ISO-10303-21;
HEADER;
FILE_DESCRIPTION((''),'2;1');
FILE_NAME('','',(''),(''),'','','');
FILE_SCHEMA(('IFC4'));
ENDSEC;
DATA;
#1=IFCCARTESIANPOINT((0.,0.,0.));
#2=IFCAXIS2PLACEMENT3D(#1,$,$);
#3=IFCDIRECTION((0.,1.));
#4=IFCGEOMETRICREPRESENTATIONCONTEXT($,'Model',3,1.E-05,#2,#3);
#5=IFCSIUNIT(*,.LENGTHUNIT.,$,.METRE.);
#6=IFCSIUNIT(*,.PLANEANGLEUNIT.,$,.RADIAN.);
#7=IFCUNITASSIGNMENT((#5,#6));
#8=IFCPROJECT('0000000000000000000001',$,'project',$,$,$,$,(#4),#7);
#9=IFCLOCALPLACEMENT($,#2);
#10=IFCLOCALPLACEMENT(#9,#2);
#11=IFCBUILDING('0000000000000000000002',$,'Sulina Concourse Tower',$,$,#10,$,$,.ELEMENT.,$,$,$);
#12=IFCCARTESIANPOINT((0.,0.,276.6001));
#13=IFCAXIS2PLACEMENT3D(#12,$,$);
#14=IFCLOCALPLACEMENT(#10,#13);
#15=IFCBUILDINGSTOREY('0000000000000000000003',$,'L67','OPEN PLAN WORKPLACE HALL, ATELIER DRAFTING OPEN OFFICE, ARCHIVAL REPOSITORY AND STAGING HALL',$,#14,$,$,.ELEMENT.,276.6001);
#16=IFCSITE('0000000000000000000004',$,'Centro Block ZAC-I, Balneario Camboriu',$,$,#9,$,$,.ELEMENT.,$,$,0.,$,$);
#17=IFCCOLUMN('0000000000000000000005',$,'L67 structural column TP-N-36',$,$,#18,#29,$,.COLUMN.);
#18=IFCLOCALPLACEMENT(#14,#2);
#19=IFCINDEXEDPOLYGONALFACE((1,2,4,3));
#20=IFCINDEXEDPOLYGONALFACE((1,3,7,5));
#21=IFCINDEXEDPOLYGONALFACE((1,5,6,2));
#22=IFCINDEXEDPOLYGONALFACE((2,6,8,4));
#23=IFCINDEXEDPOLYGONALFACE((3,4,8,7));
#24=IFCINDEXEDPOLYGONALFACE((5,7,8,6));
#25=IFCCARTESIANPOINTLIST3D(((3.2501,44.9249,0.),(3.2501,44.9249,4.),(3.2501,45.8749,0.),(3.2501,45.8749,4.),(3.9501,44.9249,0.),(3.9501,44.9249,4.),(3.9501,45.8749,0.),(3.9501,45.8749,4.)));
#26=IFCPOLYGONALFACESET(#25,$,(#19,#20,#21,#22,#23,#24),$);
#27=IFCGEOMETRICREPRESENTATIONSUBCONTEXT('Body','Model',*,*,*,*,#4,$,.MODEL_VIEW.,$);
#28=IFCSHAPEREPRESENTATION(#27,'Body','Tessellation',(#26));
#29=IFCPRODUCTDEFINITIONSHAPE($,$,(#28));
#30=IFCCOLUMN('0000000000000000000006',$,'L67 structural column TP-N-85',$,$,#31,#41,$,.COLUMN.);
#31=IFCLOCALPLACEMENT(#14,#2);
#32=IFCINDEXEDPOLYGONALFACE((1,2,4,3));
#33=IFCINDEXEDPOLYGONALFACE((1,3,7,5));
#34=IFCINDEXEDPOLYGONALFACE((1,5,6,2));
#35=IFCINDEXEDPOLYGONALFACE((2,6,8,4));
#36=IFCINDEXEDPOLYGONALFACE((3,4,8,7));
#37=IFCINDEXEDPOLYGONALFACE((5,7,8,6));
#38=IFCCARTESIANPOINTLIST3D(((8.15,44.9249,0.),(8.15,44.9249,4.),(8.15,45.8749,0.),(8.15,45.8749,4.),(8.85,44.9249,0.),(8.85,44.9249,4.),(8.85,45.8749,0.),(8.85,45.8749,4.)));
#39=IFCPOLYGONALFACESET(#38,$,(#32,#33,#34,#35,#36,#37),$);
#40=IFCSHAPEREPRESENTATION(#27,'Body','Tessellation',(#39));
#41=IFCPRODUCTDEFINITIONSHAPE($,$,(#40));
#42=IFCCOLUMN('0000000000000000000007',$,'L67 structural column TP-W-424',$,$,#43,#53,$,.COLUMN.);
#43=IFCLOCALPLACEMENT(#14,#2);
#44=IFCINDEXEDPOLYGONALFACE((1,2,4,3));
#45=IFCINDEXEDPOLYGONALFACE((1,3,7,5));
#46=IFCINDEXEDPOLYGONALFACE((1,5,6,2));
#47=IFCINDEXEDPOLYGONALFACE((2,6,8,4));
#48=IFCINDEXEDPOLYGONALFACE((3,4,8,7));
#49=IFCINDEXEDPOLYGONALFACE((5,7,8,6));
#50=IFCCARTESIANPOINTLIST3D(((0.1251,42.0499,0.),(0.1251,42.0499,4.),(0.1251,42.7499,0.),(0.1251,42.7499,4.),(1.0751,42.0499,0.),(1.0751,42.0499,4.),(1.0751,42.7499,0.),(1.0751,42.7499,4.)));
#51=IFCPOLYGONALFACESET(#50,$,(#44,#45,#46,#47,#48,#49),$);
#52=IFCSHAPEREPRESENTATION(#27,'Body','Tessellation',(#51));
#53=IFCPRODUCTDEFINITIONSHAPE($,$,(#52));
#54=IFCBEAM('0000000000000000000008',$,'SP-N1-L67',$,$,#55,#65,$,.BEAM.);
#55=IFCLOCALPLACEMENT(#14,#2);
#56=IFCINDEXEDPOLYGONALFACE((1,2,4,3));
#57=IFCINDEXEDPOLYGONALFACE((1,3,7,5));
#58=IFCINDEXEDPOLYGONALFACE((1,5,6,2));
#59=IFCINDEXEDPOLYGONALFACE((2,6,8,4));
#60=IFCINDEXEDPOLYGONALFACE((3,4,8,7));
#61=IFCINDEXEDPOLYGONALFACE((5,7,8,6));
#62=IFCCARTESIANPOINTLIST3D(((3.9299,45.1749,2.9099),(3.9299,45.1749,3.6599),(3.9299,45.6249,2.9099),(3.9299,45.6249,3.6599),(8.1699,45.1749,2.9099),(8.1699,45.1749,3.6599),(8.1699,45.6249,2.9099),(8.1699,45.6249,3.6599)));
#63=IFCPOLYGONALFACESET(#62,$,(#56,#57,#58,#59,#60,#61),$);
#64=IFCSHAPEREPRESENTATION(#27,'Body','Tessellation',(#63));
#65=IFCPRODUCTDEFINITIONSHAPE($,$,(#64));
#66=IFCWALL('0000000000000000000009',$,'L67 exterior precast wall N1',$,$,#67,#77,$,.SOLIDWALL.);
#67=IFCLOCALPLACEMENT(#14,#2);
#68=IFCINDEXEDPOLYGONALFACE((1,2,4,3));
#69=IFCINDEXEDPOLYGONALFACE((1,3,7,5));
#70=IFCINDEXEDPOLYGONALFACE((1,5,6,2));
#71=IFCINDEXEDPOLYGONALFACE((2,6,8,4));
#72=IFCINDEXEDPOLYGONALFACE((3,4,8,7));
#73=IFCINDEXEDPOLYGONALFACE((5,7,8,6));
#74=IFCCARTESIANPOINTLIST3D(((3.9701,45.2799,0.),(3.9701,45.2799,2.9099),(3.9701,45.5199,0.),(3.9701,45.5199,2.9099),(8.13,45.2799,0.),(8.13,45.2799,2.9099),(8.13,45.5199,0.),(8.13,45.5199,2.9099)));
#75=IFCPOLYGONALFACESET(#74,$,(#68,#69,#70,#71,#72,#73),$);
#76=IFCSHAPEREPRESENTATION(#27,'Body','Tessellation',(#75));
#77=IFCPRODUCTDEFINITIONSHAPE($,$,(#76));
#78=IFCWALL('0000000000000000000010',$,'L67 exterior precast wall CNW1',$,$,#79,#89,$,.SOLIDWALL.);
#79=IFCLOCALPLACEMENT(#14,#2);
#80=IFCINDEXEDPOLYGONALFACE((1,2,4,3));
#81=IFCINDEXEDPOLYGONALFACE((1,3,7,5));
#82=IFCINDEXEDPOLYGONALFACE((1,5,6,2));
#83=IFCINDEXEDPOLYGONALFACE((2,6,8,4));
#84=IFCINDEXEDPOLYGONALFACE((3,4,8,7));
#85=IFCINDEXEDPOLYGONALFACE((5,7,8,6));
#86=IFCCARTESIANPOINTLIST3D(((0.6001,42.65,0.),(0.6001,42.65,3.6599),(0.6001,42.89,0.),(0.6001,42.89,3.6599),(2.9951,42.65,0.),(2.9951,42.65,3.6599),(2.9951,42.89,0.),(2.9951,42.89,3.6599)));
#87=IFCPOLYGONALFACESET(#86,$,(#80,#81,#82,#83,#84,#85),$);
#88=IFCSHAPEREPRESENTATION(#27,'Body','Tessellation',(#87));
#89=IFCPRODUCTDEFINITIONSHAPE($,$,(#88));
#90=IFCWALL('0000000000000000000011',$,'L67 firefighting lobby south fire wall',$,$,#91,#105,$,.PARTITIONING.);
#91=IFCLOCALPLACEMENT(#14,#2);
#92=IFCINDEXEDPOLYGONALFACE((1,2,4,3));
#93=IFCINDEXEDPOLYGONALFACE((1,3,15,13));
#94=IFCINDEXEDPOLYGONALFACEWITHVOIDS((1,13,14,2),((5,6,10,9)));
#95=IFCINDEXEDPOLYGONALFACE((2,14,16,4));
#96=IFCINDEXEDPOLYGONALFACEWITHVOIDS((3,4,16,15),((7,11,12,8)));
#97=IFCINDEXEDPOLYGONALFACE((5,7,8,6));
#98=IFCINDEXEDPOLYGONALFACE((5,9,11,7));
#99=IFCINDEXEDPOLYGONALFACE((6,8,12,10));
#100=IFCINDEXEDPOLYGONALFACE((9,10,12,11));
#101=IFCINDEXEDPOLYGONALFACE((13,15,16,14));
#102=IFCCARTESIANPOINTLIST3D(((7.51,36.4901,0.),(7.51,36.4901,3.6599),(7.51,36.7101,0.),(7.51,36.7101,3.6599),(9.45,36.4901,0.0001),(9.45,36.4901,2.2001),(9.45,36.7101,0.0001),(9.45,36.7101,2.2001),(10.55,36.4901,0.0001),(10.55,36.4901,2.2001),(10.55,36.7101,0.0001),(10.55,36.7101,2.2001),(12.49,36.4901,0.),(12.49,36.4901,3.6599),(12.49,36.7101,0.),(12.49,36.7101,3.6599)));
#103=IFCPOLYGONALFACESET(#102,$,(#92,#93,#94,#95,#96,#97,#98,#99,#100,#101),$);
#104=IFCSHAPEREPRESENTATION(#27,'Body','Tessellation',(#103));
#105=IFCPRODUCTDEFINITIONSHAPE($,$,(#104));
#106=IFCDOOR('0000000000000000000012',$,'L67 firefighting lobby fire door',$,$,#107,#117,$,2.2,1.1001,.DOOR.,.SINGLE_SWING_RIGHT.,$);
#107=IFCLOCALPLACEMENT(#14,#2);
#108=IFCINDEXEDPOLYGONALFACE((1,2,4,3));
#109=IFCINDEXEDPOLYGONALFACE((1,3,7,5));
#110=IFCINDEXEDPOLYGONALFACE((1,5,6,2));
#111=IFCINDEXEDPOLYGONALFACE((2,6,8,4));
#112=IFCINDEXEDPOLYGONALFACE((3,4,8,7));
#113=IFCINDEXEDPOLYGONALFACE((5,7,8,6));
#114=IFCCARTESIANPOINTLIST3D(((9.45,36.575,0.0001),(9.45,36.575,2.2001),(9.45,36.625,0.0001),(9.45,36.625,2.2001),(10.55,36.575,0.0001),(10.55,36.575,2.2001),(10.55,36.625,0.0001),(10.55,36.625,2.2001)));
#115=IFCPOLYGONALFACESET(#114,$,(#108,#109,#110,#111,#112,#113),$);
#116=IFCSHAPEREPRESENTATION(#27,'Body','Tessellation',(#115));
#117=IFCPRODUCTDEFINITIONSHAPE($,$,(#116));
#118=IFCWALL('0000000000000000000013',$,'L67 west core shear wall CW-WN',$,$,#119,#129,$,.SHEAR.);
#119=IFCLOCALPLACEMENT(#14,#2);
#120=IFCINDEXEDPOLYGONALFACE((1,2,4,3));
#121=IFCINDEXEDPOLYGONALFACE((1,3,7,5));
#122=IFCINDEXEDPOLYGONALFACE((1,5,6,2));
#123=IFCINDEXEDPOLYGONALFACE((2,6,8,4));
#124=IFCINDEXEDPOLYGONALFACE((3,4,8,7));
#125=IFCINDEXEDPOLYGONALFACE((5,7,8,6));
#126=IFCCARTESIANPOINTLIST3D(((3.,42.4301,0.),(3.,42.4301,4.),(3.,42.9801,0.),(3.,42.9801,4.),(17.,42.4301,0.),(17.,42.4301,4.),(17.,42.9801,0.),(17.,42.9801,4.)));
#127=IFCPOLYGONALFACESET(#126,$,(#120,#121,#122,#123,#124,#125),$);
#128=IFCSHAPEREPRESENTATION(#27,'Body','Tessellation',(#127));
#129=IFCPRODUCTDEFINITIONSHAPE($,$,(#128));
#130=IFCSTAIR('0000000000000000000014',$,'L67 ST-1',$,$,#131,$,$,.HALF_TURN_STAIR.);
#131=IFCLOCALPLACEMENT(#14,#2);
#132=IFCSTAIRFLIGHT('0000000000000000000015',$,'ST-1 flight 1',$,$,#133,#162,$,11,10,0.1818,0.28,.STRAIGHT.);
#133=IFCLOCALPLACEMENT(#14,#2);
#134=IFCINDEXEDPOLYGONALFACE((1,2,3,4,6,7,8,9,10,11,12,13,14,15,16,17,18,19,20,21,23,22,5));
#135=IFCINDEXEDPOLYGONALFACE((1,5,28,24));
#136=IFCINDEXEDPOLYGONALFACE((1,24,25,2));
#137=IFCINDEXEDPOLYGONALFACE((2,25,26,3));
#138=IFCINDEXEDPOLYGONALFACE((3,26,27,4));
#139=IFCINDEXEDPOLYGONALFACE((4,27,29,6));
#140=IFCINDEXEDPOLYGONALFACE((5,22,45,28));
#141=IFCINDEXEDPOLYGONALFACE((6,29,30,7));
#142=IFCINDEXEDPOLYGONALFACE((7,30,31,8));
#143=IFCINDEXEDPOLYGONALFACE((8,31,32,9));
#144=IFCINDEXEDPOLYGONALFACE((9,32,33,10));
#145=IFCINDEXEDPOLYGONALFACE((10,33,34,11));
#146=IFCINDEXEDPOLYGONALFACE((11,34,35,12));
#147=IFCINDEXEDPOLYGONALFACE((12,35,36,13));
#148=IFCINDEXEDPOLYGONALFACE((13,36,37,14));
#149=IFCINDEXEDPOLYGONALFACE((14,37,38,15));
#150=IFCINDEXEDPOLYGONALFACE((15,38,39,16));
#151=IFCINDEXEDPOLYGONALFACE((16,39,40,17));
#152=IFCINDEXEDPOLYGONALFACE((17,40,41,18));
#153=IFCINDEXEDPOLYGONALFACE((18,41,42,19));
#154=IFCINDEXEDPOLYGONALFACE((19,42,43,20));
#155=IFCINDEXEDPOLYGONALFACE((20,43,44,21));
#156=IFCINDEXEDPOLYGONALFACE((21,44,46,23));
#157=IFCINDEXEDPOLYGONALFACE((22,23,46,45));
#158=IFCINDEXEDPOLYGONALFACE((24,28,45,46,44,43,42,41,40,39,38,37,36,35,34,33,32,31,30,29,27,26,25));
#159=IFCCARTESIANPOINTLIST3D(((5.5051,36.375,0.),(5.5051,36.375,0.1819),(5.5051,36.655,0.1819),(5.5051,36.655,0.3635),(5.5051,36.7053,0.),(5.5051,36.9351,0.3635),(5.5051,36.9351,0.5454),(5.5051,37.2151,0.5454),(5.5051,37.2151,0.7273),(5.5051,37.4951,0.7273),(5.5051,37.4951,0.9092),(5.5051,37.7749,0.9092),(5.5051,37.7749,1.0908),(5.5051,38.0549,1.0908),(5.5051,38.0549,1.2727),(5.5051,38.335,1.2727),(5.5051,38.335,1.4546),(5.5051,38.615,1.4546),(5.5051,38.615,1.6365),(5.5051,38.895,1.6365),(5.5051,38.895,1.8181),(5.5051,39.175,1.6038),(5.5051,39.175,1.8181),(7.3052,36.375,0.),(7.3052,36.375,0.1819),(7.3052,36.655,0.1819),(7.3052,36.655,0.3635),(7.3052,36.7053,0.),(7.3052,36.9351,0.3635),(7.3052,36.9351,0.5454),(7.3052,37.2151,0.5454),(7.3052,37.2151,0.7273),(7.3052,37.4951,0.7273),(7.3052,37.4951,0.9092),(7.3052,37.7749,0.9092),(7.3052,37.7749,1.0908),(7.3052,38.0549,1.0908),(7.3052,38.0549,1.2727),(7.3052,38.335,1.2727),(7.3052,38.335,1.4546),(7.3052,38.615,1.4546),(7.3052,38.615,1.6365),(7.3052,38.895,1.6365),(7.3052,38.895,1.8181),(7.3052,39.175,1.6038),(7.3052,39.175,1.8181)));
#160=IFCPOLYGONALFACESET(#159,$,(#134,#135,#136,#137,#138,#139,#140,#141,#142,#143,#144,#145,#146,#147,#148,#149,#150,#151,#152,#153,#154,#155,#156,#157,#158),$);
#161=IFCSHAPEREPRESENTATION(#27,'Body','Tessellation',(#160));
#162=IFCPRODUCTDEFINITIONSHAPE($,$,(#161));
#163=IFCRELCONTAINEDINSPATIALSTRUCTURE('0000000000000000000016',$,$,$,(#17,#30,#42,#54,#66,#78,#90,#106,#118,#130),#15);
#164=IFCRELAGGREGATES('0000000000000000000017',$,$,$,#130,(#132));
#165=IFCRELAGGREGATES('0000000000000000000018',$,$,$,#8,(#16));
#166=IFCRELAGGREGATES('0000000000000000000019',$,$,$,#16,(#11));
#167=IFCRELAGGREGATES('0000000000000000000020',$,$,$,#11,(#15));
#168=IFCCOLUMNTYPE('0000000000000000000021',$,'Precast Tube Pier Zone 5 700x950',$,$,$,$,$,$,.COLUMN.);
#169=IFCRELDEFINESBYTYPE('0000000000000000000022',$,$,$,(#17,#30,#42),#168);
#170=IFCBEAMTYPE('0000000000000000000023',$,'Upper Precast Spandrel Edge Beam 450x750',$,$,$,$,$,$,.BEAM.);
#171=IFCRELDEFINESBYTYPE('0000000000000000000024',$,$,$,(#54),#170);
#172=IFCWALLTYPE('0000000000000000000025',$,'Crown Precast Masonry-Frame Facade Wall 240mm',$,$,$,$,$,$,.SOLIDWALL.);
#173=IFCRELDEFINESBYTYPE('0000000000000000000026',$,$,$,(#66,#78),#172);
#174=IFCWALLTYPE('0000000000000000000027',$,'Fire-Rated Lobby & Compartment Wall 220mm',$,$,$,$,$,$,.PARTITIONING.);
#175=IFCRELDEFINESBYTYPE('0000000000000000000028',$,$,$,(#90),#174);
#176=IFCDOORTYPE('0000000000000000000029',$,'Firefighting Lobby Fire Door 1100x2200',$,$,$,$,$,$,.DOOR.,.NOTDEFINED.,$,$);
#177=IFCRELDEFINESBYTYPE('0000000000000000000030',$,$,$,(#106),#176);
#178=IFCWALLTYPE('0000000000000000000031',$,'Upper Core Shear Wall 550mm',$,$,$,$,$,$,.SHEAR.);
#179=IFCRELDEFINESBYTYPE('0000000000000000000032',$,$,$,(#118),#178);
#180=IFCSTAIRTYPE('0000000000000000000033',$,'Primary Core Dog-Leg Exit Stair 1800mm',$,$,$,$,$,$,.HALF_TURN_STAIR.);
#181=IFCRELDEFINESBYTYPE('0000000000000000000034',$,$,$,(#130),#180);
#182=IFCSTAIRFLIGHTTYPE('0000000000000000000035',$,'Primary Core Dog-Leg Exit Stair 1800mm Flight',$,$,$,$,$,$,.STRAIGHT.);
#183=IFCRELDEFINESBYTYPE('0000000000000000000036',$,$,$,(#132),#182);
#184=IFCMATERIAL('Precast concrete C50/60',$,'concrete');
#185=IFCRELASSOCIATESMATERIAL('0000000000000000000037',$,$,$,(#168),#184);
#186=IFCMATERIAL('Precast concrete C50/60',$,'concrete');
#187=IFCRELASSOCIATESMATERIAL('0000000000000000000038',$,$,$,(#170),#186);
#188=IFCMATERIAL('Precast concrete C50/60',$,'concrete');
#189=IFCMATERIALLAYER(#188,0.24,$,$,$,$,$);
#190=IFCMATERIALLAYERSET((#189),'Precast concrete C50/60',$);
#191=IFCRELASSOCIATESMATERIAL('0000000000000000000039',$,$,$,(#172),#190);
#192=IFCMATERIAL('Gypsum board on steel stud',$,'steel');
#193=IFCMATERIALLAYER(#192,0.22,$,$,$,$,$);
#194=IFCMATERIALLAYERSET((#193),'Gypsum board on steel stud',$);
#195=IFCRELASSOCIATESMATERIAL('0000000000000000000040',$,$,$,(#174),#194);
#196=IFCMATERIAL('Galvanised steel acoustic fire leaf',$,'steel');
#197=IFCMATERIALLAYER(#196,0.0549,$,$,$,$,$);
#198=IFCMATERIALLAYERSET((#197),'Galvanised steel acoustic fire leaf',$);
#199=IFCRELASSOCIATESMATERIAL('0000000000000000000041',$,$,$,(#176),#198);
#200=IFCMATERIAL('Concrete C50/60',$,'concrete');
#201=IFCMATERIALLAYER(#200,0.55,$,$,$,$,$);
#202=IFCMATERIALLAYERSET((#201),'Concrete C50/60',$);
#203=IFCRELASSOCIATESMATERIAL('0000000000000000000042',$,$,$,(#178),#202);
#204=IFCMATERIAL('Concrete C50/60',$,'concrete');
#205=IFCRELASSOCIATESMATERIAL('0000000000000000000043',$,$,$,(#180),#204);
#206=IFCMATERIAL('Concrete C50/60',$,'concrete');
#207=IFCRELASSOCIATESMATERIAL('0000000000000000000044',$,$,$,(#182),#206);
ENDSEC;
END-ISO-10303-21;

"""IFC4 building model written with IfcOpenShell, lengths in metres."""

from ifc_helpers import new_model, si_unit, direction, frame, frame_2d, origin, origin_2d, place, context, subcontext, project, spatial, polyline, rectangle, outline, extrude, material, layer, layer_set, material_profile, profile_set, type_object, element, fill, aggregate, save


model = new_model("IFC4")

# Units and contexts
model_context = context("Model", 3, precision=1e-05, world=origin(), true_north=direction((0.0, 1.0)))
body_context = subcontext(model_context, "Body", "Model", "MODEL_VIEW")
ifc_project = project(units=[si_unit("LENGTHUNIT", "METRE"), si_unit("PLANEANGLEUNIT", "RADIAN")], contexts=[model_context])

# Site, building, storey
site_placement = place(None, origin())
site = spatial("IfcSite", under=ifc_project, at=site_placement, Name="Centro Block ZAC-I, Balneario Camboriu", CompositionType="ELEMENT", RefElevation=0.0)
building_placement = place(site_placement, origin())
building = spatial("IfcBuilding", under=site, at=building_placement, Name="Sulina Concourse Tower", CompositionType="ELEMENT")
storey_placement = place(building_placement, frame((0.0, 0.0, 276.6001)))
storey = spatial("IfcBuildingStorey", under=building, at=storey_placement, Name="L67", Description="OPEN PLAN WORKPLACE HALL, ATELIER DRAFTING OPEN OFFICE, ARCHIVAL REPOSITORY AND STAGING HALL", CompositionType="ELEMENT", Elevation=276.6001)

# Columns
ifc_material_1 = material(Name="Precast concrete C50/60", Category="concrete")
ifc_material_profile_1 = material_profile(ifc_material_1, rectangle(XDim=0.7, YDim=0.95, at=origin_2d()), Name="PC 700x950")
ifc_profile_set_1 = profile_set([ifc_material_profile_1], Name="Precast concrete C50/60")
column_type = type_object("IfcColumnType", Name="Precast Tube Pier Zone 5 700x950", PredefinedType="COLUMN", material=ifc_profile_set_1)
for number, where, z_axis, x_axis, name in (
    (1, (3.6001, 45.3999, 0.0), (0.0, 0.0, 1.0), (1.0, 0.0, 0.0), "L67 structural column TP-N-36"),
    (2, (8.5, 45.3999, 0.0), (0.0, 0.0, 1.0), (1.0, 0.0, 0.0), "L67 structural column TP-N-85"),
    (3, (0.6001, 42.3999, 0.0), (0.0, 0.0, 1.0), (0.0, 1.0, 0.0), "L67 structural column TP-W-424"),
):
    element("IfcColumn", number, at=place(storey_placement, frame(where, z_axis=z_axis, x_axis=x_axis)), inside=storey, type_object=column_type, Name=name, PredefinedType="COLUMN", context=body_context, shape_type="SweptSolid", body=[
        extrude(rectangle(XDim=0.7, YDim=0.95, at=origin_2d()), origin(), (0.0, 0.0, 1.0), 4.0),
    ])

# Beam
ifc_material_2 = material(Name="Precast concrete C50/60", Category="concrete")
ifc_material_profile_2 = material_profile(ifc_material_2, rectangle(XDim=0.45, YDim=0.75, at=origin_2d()), Name="RC 450x750")
ifc_profile_set_2 = profile_set([ifc_material_profile_2], Name="Precast concrete C50/60")
beam_type = type_object("IfcBeamType", Name="Upper Precast Spandrel Edge Beam 450x750", PredefinedType="BEAM", material=ifc_profile_set_2)
beam_placement = place(storey_placement, frame((3.9299, 45.3999, 3.2849), z_axis=(1.0, 0.0, 0.0), x_axis=(0.0, 1.0, 0.0)))
element("IfcBeam", 4, at=beam_placement, inside=storey, type_object=beam_type, Name="SP-N1-L67", PredefinedType="BEAM", context=body_context, shape_type="SweptSolid", body=[
    extrude(rectangle(XDim=0.45, YDim=0.75, at=origin_2d()), origin(), (0.0, 0.0, 1.0), 4.24),
])

# Walls
ifc_material_3 = material(Name="Precast concrete C50/60", Category="concrete")
ifc_layer_1 = layer(ifc_material_3, 0.24)
ifc_layer_set_1 = layer_set([ifc_layer_1], Name="Precast concrete C50/60")
wall_type_1 = type_object("IfcWallType", Name="Crown Precast Masonry-Frame Facade Wall 240mm", PredefinedType="SOLIDWALL", material=ifc_layer_set_1)
wall_1_placement = place(storey_placement, frame((3.97, 45.3999, 0.0), z_axis=(0.0, 0.0, 1.0), x_axis=(1.0, 0.0, 0.0)))
element("IfcWall", 5, at=wall_1_placement, inside=storey, type_object=wall_type_1, Name="L67 exterior precast wall N1", PredefinedType="SOLIDWALL", context=body_context, shape_type="SweptSolid", body=[
    extrude(rectangle(XDim=4.1599, YDim=0.24, at=frame_2d((2.0801, 0.0))), origin(), (0.0, 0.0, 1.0), 2.9099),
])
wall_2_placement = place(storey_placement, frame((0.6001, 42.77, 0.0), z_axis=(0.0, 0.0, 1.0), x_axis=(1.0, 0.0, 0.0)))
element("IfcWall", 6, at=wall_2_placement, inside=storey, type_object=wall_type_1, Name="L67 exterior precast wall CNW1", PredefinedType="SOLIDWALL", context=body_context, shape_type="SweptSolid", body=[
    extrude(rectangle(XDim=2.395, YDim=0.24, at=frame_2d((1.1975, 0.0))), origin(), (0.0, 0.0, 1.0), 3.6599),
])

# Wall, opening, door
ifc_material_4 = material(Name="Gypsum board on steel stud", Category="steel")
ifc_layer_2 = layer(ifc_material_4, 0.22)
ifc_layer_set_2 = layer_set([ifc_layer_2], Name="Gypsum board on steel stud")
wall_type_2 = type_object("IfcWallType", Name="Fire-Rated Lobby & Compartment Wall 220mm", PredefinedType="PARTITIONING", material=ifc_layer_set_2)
wall_3_placement = place(storey_placement, frame((7.51, 36.6001, 0.0), z_axis=(0.0, 0.0, 1.0), x_axis=(1.0, 0.0, 0.0)))
wall_3 = element("IfcWall", 7, at=wall_3_placement, inside=storey, type_object=wall_type_2, Name="L67 firefighting lobby south fire wall", PredefinedType="PARTITIONING", context=body_context, shape_type="SweptSolid", body=[
    extrude(rectangle(XDim=4.98, YDim=0.22, at=frame_2d((2.49, 0.0))), origin(), (0.0, 0.0, 1.0), 3.6599),
])
opening_placement = place(wall_3_placement, frame((1.9399, 0.0, 0.0)))
opening = element("IfcOpeningElement", 8, at=opening_placement, cuts=wall_3, PredefinedType="OPENING", context=body_context, shape_type="SweptSolid", body=[
    extrude(rectangle(XDim=1.1001, YDim=2.2, at=frame_2d((0.55, 1.1001))), frame((0.0, 0.1199, 0.0), z_axis=(0.0, -1.0, 0.0), x_axis=(1.0, 0.0, 0.0)), (0.0, 0.0, 1.0), 0.24),
])
ifc_material_5 = material(Name="Galvanised steel acoustic fire leaf", Category="steel")
ifc_layer_3 = layer(ifc_material_5, 0.0549)
ifc_layer_set_3 = layer_set([ifc_layer_3], Name="Galvanised steel acoustic fire leaf")
door_type = type_object("IfcDoorType", Name="Firefighting Lobby Fire Door 1100x2200", OperationType="NOTDEFINED", PredefinedType="DOOR", material=ifc_layer_set_3)
door_placement = place(opening_placement, origin())
door = element("IfcDoor", 9, at=door_placement, inside=storey, type_object=door_type, Name="L67 firefighting lobby fire door", OperationType="SINGLE_SWING_RIGHT", OverallHeight=2.2, OverallWidth=1.1001, PredefinedType="DOOR", context=body_context, shape_type="SweptSolid", body=[
    extrude(rectangle(XDim=1.1001, YDim=2.2, at=frame_2d((0.55, 1.1001))), frame((0.0, 0.0249, 0.0), z_axis=(0.0, -1.0, 0.0), x_axis=(1.0, 0.0, 0.0)), (0.0, 0.0, 1.0), 0.05),
])
fill(opening, door)

# Wall
ifc_material_6 = material(Name="Concrete C50/60", Category="concrete")
ifc_layer_4 = layer(ifc_material_6, 0.55)
ifc_layer_set_4 = layer_set([ifc_layer_4], Name="Concrete C50/60")
wall_type_3 = type_object("IfcWallType", Name="Upper Core Shear Wall 550mm", PredefinedType="SHEAR", material=ifc_layer_set_4)
wall_4_placement = place(storey_placement, frame((3.0, 42.7051, 0.0), z_axis=(0.0, 0.0, 1.0), x_axis=(1.0, 0.0, 0.0)))
element("IfcWall", 10, at=wall_4_placement, inside=storey, type_object=wall_type_3, Name="L67 west core shear wall CW-WN", PredefinedType="SHEAR", context=body_context, shape_type="SweptSolid", body=[
    extrude(rectangle(XDim=14.0, YDim=0.55, at=frame_2d((7.0, 0.0))), origin(), (0.0, 0.0, 1.0), 4.0),
])

# Stair, stair flight
ifc_material_7 = material(Name="Concrete C50/60", Category="concrete")
stair_type = type_object("IfcStairType", Name="Primary Core Dog-Leg Exit Stair 1800mm", PredefinedType="HALF_TURN_STAIR", material=ifc_material_7)
stair_placement = place(storey_placement, origin())
stair = element("IfcStair", 11, at=stair_placement, inside=storey, type_object=stair_type, Name="L67 ST-1", PredefinedType="HALF_TURN_STAIR")
ifc_material_8 = material(Name="Concrete C50/60", Category="concrete")
stair_flight_type = type_object("IfcStairFlightType", Name="Primary Core Dog-Leg Exit Stair 1800mm Flight", PredefinedType="STRAIGHT", material=ifc_material_8)
stair_flight_1_placement = place(storey_placement, frame((6.405, 36.375, 0.0), z_axis=(0.0, 0.0, 1.0), x_axis=(0.0, 1.0, 0.0)))
stair_flight_1 = element("IfcStairFlight", 12, at=stair_flight_1_placement, type_object=stair_flight_type, Name="ST-1 flight 1", NumberOfRisers=11, NumberOfTreads=10, PredefinedType="STRAIGHT", RiserHeight=0.1818, TreadLength=0.28, context=body_context, shape_type="SweptSolid", body=[
    extrude(outline(polyline([(0.0, 0.0), (0.0, 0.1819), (0.28, 0.1819), (0.28, 0.3635), (0.5601, 0.3635), (0.5601, 0.5454), (0.8401, 0.5454), (0.8401, 0.7273), (1.1201, 0.7273), (1.1201, 0.9092), (1.3999, 0.9092), (1.3999, 1.0908), (1.6799, 1.0908), (1.6799, 1.2727), (1.96, 1.2727), (1.96, 1.4546), (2.24, 1.4546), (2.24, 1.6365), (2.52, 1.6365), (2.52, 1.8181), (2.8, 1.8181), (2.8, 2.0), (2.8, 1.6038), (0.3303, 0.0), (0.0, 0.0)])), frame((0.0, 0.8999, 0.0), z_axis=(0.0, -1.0, 0.0), x_axis=(1.0, 0.0, 0.0)), (0.0, 0.0, 1.0), 1.8),
])
aggregate(stair, [stair_flight_1])

save(model, "model.ifc")
